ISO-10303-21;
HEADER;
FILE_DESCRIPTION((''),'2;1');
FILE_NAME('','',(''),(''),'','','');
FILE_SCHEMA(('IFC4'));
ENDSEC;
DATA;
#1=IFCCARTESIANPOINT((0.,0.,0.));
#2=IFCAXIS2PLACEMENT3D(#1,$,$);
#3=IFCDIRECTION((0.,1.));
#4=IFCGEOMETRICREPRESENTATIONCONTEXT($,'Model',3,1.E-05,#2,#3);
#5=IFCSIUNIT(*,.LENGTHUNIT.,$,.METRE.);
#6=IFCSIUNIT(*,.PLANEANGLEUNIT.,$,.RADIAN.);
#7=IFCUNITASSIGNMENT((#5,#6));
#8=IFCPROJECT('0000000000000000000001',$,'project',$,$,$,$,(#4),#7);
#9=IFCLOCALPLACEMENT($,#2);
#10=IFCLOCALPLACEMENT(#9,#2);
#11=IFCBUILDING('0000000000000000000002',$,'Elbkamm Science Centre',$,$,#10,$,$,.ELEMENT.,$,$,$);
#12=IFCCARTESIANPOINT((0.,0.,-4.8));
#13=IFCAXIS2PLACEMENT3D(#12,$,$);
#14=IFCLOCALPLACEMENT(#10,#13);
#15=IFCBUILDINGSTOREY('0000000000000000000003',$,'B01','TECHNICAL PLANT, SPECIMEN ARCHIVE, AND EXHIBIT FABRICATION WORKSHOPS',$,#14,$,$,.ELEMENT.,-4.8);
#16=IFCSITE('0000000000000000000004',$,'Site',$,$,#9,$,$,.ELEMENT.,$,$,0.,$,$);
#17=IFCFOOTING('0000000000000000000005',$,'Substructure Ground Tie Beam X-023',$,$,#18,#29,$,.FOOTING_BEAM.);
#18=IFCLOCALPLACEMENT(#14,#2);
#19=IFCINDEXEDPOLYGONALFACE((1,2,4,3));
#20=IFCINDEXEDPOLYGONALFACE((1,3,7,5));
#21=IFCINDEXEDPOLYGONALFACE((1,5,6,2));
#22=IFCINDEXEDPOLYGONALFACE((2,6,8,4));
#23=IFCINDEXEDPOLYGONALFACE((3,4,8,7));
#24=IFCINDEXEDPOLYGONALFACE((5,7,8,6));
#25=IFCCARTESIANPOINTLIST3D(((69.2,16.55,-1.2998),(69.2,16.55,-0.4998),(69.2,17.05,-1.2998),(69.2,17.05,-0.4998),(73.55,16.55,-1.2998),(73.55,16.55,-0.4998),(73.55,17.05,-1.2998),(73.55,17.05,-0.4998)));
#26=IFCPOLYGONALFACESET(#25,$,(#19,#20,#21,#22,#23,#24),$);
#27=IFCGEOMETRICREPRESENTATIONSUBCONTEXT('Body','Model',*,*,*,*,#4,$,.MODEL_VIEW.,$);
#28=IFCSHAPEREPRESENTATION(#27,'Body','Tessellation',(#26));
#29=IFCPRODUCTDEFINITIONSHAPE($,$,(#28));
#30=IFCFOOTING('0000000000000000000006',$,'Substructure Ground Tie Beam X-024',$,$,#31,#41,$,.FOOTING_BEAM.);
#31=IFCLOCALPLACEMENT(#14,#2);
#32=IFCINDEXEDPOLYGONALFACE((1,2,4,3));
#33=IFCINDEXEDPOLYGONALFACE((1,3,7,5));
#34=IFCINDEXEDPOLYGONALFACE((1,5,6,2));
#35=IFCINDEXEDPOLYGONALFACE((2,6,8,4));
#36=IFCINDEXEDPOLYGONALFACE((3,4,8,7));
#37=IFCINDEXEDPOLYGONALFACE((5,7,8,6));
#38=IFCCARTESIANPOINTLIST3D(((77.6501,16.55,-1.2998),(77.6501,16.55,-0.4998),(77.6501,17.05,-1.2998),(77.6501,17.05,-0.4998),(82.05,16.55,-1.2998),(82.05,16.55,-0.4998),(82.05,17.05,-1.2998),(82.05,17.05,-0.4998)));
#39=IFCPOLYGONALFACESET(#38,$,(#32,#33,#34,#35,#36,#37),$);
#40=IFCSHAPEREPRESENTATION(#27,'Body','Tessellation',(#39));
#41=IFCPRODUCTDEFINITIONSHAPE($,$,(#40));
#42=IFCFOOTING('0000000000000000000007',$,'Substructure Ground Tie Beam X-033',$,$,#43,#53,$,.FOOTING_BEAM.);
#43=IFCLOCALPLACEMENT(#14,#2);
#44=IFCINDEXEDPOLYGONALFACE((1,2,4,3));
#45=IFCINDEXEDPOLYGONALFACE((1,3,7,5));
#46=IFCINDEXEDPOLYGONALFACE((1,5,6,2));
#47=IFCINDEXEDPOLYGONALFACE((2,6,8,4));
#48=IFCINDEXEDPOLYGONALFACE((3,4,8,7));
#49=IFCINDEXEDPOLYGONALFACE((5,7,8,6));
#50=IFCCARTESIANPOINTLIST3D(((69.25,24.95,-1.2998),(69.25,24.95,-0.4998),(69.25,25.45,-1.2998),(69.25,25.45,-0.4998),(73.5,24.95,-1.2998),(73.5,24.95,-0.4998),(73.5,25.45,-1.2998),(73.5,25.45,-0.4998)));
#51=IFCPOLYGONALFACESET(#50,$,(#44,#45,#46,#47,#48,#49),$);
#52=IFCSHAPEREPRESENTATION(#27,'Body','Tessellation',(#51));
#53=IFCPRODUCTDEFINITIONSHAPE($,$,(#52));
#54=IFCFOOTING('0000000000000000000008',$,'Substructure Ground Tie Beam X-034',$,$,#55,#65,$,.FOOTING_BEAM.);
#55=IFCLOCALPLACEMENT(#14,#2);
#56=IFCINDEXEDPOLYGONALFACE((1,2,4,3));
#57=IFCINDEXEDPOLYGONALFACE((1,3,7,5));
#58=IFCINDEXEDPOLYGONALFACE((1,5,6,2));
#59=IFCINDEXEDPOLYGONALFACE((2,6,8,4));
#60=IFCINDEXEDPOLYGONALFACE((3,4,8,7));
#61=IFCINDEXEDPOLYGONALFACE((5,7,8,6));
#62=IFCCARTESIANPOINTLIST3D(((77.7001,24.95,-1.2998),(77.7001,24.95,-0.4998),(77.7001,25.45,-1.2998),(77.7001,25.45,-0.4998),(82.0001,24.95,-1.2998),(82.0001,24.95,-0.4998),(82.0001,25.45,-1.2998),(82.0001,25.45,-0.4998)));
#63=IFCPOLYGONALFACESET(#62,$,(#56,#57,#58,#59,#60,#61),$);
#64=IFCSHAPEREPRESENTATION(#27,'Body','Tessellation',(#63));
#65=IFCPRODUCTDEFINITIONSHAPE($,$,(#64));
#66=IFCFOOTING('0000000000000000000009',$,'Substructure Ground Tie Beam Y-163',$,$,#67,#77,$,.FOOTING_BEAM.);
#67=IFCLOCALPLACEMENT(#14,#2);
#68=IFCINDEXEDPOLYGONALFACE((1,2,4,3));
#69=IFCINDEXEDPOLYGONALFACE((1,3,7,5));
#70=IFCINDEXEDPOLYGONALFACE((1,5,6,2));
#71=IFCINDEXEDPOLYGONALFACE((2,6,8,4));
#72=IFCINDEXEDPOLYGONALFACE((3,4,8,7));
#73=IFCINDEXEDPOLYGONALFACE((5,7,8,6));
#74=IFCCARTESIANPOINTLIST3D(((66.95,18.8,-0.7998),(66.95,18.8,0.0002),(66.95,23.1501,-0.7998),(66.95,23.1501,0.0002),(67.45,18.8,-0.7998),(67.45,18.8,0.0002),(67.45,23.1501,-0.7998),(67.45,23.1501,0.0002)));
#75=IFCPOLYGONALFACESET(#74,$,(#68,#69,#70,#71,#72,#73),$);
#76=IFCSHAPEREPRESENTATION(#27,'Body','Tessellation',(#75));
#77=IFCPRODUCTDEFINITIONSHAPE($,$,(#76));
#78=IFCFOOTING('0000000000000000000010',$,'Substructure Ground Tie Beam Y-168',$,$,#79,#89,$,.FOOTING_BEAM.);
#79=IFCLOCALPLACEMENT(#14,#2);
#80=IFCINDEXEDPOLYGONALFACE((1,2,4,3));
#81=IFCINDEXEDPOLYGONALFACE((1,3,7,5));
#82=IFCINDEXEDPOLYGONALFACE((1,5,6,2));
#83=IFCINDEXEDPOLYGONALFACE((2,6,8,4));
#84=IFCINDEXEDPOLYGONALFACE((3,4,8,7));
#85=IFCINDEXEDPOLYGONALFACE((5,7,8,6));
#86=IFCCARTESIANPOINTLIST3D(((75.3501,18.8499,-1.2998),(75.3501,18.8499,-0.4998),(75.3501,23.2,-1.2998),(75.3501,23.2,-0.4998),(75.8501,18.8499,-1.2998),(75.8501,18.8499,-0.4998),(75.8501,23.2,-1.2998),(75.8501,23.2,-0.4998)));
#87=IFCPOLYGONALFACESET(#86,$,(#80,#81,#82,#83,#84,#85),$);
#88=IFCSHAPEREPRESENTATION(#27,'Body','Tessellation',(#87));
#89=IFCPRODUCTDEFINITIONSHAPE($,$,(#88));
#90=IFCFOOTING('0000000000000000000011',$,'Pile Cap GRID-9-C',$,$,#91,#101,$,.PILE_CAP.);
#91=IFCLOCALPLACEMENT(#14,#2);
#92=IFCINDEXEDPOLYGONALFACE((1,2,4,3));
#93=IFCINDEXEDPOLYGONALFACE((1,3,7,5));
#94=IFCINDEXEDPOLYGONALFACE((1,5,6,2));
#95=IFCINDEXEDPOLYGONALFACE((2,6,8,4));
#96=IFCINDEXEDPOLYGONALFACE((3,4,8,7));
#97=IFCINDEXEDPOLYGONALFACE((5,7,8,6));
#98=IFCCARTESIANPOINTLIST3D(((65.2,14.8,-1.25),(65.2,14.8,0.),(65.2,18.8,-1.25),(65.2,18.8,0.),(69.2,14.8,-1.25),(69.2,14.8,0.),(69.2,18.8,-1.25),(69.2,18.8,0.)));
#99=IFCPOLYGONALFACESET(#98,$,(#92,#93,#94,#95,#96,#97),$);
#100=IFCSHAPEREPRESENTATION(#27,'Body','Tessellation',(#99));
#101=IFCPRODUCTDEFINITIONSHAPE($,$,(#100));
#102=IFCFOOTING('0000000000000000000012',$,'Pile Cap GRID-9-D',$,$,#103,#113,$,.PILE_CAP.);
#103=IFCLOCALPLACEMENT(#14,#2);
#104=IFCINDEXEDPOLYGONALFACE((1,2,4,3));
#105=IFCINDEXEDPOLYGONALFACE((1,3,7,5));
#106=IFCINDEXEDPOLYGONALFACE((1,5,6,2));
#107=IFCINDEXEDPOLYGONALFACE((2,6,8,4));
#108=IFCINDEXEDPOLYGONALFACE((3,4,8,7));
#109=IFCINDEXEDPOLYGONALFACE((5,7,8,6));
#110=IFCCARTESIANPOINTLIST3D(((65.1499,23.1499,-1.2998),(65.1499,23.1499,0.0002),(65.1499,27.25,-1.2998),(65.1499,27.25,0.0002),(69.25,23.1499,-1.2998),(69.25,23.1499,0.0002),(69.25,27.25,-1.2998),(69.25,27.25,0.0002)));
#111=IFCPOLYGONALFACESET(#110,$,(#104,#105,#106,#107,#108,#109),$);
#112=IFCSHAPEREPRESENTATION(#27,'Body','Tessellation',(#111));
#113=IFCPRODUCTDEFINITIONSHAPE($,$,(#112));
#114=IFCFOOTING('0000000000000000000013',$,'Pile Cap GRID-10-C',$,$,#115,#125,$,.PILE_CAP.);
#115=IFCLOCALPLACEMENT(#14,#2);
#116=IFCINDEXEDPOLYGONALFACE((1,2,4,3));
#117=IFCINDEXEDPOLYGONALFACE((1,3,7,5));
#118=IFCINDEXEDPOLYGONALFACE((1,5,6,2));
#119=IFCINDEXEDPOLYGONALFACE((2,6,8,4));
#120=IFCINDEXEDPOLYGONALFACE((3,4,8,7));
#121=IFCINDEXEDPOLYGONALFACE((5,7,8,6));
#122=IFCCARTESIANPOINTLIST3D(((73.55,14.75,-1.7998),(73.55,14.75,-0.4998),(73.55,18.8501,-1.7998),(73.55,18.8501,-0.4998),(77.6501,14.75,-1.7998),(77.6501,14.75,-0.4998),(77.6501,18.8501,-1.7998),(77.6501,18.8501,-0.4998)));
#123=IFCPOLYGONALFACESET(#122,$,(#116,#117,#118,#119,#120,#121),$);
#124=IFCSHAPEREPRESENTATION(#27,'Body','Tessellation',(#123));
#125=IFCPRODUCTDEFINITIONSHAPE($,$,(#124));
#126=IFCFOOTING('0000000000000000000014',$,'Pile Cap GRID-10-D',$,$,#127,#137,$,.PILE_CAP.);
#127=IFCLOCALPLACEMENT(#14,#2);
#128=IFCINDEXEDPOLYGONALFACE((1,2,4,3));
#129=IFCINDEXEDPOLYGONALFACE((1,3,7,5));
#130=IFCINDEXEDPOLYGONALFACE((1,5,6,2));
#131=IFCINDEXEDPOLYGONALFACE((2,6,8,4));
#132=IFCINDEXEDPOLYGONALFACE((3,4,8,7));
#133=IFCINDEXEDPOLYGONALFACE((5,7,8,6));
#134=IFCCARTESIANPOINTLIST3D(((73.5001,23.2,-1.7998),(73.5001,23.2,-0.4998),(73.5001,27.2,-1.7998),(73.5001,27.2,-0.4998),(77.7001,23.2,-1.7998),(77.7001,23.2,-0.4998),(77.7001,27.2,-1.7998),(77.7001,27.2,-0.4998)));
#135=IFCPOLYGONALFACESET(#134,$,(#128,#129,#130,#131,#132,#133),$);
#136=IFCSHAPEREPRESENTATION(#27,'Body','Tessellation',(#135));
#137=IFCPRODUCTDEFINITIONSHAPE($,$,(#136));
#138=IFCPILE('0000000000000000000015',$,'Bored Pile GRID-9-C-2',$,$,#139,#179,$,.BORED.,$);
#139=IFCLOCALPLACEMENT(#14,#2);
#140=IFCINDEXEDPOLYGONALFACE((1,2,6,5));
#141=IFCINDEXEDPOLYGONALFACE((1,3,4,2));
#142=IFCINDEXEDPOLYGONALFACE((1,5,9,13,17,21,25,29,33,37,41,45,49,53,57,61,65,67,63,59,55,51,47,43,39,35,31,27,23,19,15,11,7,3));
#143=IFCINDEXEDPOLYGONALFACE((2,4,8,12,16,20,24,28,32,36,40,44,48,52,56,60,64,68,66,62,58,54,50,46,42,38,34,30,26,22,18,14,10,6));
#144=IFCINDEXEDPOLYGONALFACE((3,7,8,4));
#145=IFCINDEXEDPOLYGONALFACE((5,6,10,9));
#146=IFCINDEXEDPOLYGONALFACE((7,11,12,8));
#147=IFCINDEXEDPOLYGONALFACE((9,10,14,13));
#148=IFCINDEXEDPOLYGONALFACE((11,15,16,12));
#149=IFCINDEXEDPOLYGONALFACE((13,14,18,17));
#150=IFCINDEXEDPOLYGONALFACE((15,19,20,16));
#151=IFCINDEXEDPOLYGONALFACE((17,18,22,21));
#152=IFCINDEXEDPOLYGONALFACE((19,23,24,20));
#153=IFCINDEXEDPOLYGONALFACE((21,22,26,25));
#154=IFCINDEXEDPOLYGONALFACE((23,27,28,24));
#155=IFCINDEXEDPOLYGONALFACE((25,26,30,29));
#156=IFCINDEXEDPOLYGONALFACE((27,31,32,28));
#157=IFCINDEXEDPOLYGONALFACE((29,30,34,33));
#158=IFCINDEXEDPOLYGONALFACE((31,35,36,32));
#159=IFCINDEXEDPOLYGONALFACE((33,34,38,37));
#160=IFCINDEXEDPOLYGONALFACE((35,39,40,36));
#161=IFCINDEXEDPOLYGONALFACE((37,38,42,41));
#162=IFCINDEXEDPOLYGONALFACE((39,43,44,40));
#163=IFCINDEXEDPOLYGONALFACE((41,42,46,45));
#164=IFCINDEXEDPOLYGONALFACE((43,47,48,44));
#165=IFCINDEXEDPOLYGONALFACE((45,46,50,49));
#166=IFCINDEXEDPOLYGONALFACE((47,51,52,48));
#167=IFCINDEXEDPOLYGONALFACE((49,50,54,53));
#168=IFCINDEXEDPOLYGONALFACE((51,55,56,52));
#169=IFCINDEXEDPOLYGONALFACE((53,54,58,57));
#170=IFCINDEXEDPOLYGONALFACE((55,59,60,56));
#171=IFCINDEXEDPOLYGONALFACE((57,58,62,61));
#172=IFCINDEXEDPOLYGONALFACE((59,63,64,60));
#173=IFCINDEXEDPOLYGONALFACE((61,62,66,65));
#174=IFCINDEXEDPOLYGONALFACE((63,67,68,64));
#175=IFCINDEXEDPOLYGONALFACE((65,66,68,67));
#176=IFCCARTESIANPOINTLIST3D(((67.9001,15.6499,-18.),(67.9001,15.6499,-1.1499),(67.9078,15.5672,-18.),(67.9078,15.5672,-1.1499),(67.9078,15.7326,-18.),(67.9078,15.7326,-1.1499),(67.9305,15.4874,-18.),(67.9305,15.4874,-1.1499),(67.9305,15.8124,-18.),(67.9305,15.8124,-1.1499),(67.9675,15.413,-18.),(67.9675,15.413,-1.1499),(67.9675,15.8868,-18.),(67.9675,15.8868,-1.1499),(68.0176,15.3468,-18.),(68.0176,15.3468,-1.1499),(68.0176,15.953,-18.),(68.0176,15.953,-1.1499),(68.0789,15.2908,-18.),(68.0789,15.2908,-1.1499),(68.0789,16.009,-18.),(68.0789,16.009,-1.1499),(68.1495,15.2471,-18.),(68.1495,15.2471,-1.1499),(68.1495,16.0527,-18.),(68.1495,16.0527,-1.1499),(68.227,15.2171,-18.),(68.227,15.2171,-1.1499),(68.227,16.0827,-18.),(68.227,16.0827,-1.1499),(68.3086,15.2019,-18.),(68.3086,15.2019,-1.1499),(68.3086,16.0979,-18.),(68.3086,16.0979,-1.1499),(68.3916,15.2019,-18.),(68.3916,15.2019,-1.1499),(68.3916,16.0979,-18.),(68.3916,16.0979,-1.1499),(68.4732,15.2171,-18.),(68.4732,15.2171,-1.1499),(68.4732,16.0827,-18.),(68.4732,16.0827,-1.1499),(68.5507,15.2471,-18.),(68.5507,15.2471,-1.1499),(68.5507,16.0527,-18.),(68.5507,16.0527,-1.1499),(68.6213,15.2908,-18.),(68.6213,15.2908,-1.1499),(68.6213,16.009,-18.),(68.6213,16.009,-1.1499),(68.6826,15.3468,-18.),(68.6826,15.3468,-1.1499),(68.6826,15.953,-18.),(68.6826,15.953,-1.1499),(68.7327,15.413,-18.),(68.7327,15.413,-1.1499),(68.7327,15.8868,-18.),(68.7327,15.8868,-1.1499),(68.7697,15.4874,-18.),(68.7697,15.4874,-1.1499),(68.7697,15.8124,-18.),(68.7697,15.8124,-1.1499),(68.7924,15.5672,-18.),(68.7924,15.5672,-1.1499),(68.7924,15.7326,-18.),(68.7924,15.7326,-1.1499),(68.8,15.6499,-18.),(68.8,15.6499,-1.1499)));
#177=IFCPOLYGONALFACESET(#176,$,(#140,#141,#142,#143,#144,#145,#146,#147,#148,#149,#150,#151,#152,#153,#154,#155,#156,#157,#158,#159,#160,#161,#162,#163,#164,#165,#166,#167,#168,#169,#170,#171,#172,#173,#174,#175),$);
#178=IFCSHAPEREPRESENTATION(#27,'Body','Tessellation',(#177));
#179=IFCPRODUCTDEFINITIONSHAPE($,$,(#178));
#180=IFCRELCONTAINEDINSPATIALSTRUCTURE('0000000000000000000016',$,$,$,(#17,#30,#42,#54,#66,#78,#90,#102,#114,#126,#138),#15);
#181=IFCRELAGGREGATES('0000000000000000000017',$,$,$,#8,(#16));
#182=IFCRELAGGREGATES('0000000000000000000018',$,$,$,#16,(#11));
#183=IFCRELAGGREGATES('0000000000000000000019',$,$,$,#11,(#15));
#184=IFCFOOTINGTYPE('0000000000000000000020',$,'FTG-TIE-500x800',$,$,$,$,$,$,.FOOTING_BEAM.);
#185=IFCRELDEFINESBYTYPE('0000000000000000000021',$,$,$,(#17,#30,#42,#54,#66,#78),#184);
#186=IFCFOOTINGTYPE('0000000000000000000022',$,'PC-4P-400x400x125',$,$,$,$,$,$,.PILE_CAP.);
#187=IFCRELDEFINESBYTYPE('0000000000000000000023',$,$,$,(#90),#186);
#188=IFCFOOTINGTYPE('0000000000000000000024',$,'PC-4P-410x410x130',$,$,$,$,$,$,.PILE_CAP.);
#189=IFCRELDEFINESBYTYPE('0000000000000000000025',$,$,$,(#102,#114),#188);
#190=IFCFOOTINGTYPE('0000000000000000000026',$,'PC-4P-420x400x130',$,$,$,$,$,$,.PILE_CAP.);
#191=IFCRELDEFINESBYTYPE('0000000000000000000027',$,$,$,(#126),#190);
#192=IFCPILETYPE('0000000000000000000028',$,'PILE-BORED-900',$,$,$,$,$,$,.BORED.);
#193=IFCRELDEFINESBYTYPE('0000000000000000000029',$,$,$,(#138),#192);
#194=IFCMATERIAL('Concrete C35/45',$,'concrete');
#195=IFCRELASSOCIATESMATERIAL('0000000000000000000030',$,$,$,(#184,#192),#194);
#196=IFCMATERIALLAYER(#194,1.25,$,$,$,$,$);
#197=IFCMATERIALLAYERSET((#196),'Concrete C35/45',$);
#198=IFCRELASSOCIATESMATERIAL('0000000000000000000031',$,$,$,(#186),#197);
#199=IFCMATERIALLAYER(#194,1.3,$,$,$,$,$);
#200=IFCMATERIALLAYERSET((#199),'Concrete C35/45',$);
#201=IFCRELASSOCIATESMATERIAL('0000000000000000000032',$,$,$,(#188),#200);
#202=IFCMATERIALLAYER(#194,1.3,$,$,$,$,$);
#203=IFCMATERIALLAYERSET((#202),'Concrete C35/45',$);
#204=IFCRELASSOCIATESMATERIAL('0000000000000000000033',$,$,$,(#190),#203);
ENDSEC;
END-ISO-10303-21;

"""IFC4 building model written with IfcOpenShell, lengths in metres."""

from ifc_helpers import new_model, si_unit, direction, frame, origin, origin_2d, place, context, subcontext, project, spatial, rectangle, circle, extrude, material, layer, layer_set, material_profile, profile_set, type_object, element, save


model = new_model("IFC4")

# Units and contexts
model_context = context("Model", 3, precision=1e-05, world=origin(), true_north=direction((0.0, 1.0)))
body_context = subcontext(model_context, "Body", "Model", "MODEL_VIEW")
ifc_project = project(units=[si_unit("LENGTHUNIT", "METRE"), si_unit("PLANEANGLEUNIT", "RADIAN")], contexts=[model_context])

# Site, building, storey
site_placement = place(None, origin())
site = spatial("IfcSite", under=ifc_project, at=site_placement, Name="Site", CompositionType="ELEMENT", RefElevation=0.0)
building_placement = place(site_placement, origin())
building = spatial("IfcBuilding", under=site, at=building_placement, Name="Elbkamm Science Centre", CompositionType="ELEMENT")
storey_placement = place(building_placement, frame((0.0, 0.0, -4.8)))
storey = spatial("IfcBuildingStorey", under=building, at=storey_placement, Name="B01", Description="TECHNICAL PLANT, SPECIMEN ARCHIVE, AND EXHIBIT FABRICATION WORKSHOPS", CompositionType="ELEMENT", Elevation=-4.8)

# Footings
ifc_material_1 = material(Name="Concrete C35/45", Category="concrete")
footing_type_1 = type_object("IfcFootingType", Name="FTG-TIE-500x800", PredefinedType="FOOTING_BEAM", material=ifc_material_1)
footing_1_placement = place(storey_placement, frame((71.375, 16.8, -1.2998), z_axis=(0.0, 0.0, 1.0), x_axis=(1.0, 0.0, 0.0)))
element("IfcFooting", 1, at=footing_1_placement, inside=storey, type_object=footing_type_1, Name="Substructure Ground Tie Beam X-023", PredefinedType="FOOTING_BEAM", context=body_context, shape_type="SweptSolid", body=[
    extrude(rectangle(XDim=4.3501, YDim=0.5, at=origin_2d()), origin(), (0.0, 0.0, 1.0), 0.8),
])
footing_2_placement = place(storey_placement, frame((79.8501, 16.8, -1.2998), z_axis=(0.0, 0.0, 1.0), x_axis=(1.0, 0.0, 0.0)))
element("IfcFooting", 2, at=footing_2_placement, inside=storey, type_object=footing_type_1, Name="Substructure Ground Tie Beam X-024", PredefinedType="FOOTING_BEAM", context=body_context, shape_type="SweptSolid", body=[
    extrude(rectangle(XDim=4.3999, YDim=0.5, at=origin_2d()), origin(), (0.0, 0.0, 1.0), 0.8),
])
footing_3_placement = place(storey_placement, frame((71.375, 25.2, -1.2998), z_axis=(0.0, 0.0, 1.0), x_axis=(1.0, 0.0, 0.0)))
element("IfcFooting", 3, at=footing_3_placement, inside=storey, type_object=footing_type_1, Name="Substructure Ground Tie Beam X-033", PredefinedType="FOOTING_BEAM", context=body_context, shape_type="SweptSolid", body=[
    extrude(rectangle(XDim=4.25, YDim=0.5, at=origin_2d()), origin(), (0.0, 0.0, 1.0), 0.8),
])
footing_4_placement = place(storey_placement, frame((79.8501, 25.2, -1.2998), z_axis=(0.0, 0.0, 1.0), x_axis=(1.0, 0.0, 0.0)))
element("IfcFooting", 4, at=footing_4_placement, inside=storey, type_object=footing_type_1, Name="Substructure Ground Tie Beam X-034", PredefinedType="FOOTING_BEAM", context=body_context, shape_type="SweptSolid", body=[
    extrude(rectangle(XDim=4.3, YDim=0.5, at=origin_2d()), origin(), (0.0, 0.0, 1.0), 0.8),
])
for number, where, z_axis, x_axis, name in (
    (5, (67.2, 20.9751, -0.7998), (0.0, 0.0, 1.0), (1.0, 0.0, 0.0), "Substructure Ground Tie Beam Y-163"),
    (6, (75.6001, 21.0249, -1.2998), (0.0, 0.0, 1.0), (1.0, 0.0, 0.0), "Substructure Ground Tie Beam Y-168"),
):
    element("IfcFooting", number, at=place(storey_placement, frame(where, z_axis=z_axis, x_axis=x_axis)), inside=storey, type_object=footing_type_1, Name=name, PredefinedType="FOOTING_BEAM", context=body_context, shape_type="SweptSolid", body=[
        extrude(rectangle(XDim=0.5, YDim=4.3501, at=origin_2d()), origin(), (0.0, 0.0, 1.0), 0.8),
    ])
ifc_layer_1 = layer(ifc_material_1, 1.25)
ifc_layer_set_1 = layer_set([ifc_layer_1], Name="Concrete C35/45")
footing_type_2 = type_object("IfcFootingType", Name="PC-4P-400x400x125", PredefinedType="PILE_CAP", material=ifc_layer_set_1)
footing_5_placement = place(storey_placement, frame((67.2, 16.8, -1.25), z_axis=(0.0, 0.0, 1.0), x_axis=(1.0, 0.0, 0.0)))
element("IfcFooting", 7, at=footing_5_placement, inside=storey, type_object=footing_type_2, Name="Pile Cap GRID-9-C", PredefinedType="PILE_CAP", context=body_context, shape_type="SweptSolid", body=[
    extrude(rectangle(XDim=4.0, YDim=4.0, at=origin_2d()), origin(), (0.0, 0.0, 1.0), 1.25),
])
ifc_layer_2 = layer(ifc_material_1, 1.3)
ifc_layer_set_2 = layer_set([ifc_layer_2], Name="Concrete C35/45")
footing_type_3 = type_object("IfcFootingType", Name="PC-4P-410x410x130", PredefinedType="PILE_CAP", material=ifc_layer_set_2)
for number, where, z_axis, x_axis, name in (
    (8, (67.2, 25.2, -1.2998), (0.0, 0.0, 1.0), (1.0, 0.0, 0.0), "Pile Cap GRID-9-D"),
    (9, (75.6001, 16.8, -1.7998), (0.0, 0.0, 1.0), (1.0, 0.0, 0.0), "Pile Cap GRID-10-C"),
):
    element("IfcFooting", number, at=place(storey_placement, frame(where, z_axis=z_axis, x_axis=x_axis)), inside=storey, type_object=footing_type_3, Name=name, PredefinedType="PILE_CAP", context=body_context, shape_type="SweptSolid", body=[
        extrude(rectangle(XDim=4.1001, YDim=4.1001, at=origin_2d()), origin(), (0.0, 0.0, 1.0), 1.3),
    ])
ifc_layer_3 = layer(ifc_material_1, 1.3)
ifc_layer_set_3 = layer_set([ifc_layer_3], Name="Concrete C35/45")
footing_type_4 = type_object("IfcFootingType", Name="PC-4P-420x400x130", PredefinedType="PILE_CAP", material=ifc_layer_set_3)
footing_6_placement = place(storey_placement, frame((75.6001, 25.2, -1.7998), z_axis=(0.0, 0.0, 1.0), x_axis=(1.0, 0.0, 0.0)))
element("IfcFooting", 10, at=footing_6_placement, inside=storey, type_object=footing_type_4, Name="Pile Cap GRID-10-D", PredefinedType="PILE_CAP", context=body_context, shape_type="SweptSolid", body=[
    extrude(rectangle(XDim=4.2, YDim=4.0, at=origin_2d()), origin(), (0.0, 0.0, 1.0), 1.3),
])

# Pile
ifc_material_profile_1 = material_profile(ifc_material_1, circle(Radius=0.45, at=origin_2d()), Name="PILE D900")
ifc_profile_set_1 = profile_set([ifc_material_profile_1], Name="Concrete C35/45")
pile_type = type_object("IfcPileType", Name="PILE-BORED-900", PredefinedType="BORED", material=ifc_profile_set_1)
for number, where, z_axis, x_axis, name in (
    (11, (68.3501, 15.6499, -1.1499), (0.0, 0.0, -1.0), (1.0, 0.0, 0.0), "Bored Pile GRID-9-C-2"),
):
    element("IfcPile", number, at=place(storey_placement, frame(where, z_axis=z_axis, x_axis=x_axis)), inside=storey, type_object=pile_type, Name=name, PredefinedType="BORED", context=body_context, shape_type="SweptSolid", body=[
        extrude(circle(Radius=0.45, at=origin_2d()), origin(), (0.0, 0.0, 1.0), 16.8501),
    ])

save(model, "model.ifc")
